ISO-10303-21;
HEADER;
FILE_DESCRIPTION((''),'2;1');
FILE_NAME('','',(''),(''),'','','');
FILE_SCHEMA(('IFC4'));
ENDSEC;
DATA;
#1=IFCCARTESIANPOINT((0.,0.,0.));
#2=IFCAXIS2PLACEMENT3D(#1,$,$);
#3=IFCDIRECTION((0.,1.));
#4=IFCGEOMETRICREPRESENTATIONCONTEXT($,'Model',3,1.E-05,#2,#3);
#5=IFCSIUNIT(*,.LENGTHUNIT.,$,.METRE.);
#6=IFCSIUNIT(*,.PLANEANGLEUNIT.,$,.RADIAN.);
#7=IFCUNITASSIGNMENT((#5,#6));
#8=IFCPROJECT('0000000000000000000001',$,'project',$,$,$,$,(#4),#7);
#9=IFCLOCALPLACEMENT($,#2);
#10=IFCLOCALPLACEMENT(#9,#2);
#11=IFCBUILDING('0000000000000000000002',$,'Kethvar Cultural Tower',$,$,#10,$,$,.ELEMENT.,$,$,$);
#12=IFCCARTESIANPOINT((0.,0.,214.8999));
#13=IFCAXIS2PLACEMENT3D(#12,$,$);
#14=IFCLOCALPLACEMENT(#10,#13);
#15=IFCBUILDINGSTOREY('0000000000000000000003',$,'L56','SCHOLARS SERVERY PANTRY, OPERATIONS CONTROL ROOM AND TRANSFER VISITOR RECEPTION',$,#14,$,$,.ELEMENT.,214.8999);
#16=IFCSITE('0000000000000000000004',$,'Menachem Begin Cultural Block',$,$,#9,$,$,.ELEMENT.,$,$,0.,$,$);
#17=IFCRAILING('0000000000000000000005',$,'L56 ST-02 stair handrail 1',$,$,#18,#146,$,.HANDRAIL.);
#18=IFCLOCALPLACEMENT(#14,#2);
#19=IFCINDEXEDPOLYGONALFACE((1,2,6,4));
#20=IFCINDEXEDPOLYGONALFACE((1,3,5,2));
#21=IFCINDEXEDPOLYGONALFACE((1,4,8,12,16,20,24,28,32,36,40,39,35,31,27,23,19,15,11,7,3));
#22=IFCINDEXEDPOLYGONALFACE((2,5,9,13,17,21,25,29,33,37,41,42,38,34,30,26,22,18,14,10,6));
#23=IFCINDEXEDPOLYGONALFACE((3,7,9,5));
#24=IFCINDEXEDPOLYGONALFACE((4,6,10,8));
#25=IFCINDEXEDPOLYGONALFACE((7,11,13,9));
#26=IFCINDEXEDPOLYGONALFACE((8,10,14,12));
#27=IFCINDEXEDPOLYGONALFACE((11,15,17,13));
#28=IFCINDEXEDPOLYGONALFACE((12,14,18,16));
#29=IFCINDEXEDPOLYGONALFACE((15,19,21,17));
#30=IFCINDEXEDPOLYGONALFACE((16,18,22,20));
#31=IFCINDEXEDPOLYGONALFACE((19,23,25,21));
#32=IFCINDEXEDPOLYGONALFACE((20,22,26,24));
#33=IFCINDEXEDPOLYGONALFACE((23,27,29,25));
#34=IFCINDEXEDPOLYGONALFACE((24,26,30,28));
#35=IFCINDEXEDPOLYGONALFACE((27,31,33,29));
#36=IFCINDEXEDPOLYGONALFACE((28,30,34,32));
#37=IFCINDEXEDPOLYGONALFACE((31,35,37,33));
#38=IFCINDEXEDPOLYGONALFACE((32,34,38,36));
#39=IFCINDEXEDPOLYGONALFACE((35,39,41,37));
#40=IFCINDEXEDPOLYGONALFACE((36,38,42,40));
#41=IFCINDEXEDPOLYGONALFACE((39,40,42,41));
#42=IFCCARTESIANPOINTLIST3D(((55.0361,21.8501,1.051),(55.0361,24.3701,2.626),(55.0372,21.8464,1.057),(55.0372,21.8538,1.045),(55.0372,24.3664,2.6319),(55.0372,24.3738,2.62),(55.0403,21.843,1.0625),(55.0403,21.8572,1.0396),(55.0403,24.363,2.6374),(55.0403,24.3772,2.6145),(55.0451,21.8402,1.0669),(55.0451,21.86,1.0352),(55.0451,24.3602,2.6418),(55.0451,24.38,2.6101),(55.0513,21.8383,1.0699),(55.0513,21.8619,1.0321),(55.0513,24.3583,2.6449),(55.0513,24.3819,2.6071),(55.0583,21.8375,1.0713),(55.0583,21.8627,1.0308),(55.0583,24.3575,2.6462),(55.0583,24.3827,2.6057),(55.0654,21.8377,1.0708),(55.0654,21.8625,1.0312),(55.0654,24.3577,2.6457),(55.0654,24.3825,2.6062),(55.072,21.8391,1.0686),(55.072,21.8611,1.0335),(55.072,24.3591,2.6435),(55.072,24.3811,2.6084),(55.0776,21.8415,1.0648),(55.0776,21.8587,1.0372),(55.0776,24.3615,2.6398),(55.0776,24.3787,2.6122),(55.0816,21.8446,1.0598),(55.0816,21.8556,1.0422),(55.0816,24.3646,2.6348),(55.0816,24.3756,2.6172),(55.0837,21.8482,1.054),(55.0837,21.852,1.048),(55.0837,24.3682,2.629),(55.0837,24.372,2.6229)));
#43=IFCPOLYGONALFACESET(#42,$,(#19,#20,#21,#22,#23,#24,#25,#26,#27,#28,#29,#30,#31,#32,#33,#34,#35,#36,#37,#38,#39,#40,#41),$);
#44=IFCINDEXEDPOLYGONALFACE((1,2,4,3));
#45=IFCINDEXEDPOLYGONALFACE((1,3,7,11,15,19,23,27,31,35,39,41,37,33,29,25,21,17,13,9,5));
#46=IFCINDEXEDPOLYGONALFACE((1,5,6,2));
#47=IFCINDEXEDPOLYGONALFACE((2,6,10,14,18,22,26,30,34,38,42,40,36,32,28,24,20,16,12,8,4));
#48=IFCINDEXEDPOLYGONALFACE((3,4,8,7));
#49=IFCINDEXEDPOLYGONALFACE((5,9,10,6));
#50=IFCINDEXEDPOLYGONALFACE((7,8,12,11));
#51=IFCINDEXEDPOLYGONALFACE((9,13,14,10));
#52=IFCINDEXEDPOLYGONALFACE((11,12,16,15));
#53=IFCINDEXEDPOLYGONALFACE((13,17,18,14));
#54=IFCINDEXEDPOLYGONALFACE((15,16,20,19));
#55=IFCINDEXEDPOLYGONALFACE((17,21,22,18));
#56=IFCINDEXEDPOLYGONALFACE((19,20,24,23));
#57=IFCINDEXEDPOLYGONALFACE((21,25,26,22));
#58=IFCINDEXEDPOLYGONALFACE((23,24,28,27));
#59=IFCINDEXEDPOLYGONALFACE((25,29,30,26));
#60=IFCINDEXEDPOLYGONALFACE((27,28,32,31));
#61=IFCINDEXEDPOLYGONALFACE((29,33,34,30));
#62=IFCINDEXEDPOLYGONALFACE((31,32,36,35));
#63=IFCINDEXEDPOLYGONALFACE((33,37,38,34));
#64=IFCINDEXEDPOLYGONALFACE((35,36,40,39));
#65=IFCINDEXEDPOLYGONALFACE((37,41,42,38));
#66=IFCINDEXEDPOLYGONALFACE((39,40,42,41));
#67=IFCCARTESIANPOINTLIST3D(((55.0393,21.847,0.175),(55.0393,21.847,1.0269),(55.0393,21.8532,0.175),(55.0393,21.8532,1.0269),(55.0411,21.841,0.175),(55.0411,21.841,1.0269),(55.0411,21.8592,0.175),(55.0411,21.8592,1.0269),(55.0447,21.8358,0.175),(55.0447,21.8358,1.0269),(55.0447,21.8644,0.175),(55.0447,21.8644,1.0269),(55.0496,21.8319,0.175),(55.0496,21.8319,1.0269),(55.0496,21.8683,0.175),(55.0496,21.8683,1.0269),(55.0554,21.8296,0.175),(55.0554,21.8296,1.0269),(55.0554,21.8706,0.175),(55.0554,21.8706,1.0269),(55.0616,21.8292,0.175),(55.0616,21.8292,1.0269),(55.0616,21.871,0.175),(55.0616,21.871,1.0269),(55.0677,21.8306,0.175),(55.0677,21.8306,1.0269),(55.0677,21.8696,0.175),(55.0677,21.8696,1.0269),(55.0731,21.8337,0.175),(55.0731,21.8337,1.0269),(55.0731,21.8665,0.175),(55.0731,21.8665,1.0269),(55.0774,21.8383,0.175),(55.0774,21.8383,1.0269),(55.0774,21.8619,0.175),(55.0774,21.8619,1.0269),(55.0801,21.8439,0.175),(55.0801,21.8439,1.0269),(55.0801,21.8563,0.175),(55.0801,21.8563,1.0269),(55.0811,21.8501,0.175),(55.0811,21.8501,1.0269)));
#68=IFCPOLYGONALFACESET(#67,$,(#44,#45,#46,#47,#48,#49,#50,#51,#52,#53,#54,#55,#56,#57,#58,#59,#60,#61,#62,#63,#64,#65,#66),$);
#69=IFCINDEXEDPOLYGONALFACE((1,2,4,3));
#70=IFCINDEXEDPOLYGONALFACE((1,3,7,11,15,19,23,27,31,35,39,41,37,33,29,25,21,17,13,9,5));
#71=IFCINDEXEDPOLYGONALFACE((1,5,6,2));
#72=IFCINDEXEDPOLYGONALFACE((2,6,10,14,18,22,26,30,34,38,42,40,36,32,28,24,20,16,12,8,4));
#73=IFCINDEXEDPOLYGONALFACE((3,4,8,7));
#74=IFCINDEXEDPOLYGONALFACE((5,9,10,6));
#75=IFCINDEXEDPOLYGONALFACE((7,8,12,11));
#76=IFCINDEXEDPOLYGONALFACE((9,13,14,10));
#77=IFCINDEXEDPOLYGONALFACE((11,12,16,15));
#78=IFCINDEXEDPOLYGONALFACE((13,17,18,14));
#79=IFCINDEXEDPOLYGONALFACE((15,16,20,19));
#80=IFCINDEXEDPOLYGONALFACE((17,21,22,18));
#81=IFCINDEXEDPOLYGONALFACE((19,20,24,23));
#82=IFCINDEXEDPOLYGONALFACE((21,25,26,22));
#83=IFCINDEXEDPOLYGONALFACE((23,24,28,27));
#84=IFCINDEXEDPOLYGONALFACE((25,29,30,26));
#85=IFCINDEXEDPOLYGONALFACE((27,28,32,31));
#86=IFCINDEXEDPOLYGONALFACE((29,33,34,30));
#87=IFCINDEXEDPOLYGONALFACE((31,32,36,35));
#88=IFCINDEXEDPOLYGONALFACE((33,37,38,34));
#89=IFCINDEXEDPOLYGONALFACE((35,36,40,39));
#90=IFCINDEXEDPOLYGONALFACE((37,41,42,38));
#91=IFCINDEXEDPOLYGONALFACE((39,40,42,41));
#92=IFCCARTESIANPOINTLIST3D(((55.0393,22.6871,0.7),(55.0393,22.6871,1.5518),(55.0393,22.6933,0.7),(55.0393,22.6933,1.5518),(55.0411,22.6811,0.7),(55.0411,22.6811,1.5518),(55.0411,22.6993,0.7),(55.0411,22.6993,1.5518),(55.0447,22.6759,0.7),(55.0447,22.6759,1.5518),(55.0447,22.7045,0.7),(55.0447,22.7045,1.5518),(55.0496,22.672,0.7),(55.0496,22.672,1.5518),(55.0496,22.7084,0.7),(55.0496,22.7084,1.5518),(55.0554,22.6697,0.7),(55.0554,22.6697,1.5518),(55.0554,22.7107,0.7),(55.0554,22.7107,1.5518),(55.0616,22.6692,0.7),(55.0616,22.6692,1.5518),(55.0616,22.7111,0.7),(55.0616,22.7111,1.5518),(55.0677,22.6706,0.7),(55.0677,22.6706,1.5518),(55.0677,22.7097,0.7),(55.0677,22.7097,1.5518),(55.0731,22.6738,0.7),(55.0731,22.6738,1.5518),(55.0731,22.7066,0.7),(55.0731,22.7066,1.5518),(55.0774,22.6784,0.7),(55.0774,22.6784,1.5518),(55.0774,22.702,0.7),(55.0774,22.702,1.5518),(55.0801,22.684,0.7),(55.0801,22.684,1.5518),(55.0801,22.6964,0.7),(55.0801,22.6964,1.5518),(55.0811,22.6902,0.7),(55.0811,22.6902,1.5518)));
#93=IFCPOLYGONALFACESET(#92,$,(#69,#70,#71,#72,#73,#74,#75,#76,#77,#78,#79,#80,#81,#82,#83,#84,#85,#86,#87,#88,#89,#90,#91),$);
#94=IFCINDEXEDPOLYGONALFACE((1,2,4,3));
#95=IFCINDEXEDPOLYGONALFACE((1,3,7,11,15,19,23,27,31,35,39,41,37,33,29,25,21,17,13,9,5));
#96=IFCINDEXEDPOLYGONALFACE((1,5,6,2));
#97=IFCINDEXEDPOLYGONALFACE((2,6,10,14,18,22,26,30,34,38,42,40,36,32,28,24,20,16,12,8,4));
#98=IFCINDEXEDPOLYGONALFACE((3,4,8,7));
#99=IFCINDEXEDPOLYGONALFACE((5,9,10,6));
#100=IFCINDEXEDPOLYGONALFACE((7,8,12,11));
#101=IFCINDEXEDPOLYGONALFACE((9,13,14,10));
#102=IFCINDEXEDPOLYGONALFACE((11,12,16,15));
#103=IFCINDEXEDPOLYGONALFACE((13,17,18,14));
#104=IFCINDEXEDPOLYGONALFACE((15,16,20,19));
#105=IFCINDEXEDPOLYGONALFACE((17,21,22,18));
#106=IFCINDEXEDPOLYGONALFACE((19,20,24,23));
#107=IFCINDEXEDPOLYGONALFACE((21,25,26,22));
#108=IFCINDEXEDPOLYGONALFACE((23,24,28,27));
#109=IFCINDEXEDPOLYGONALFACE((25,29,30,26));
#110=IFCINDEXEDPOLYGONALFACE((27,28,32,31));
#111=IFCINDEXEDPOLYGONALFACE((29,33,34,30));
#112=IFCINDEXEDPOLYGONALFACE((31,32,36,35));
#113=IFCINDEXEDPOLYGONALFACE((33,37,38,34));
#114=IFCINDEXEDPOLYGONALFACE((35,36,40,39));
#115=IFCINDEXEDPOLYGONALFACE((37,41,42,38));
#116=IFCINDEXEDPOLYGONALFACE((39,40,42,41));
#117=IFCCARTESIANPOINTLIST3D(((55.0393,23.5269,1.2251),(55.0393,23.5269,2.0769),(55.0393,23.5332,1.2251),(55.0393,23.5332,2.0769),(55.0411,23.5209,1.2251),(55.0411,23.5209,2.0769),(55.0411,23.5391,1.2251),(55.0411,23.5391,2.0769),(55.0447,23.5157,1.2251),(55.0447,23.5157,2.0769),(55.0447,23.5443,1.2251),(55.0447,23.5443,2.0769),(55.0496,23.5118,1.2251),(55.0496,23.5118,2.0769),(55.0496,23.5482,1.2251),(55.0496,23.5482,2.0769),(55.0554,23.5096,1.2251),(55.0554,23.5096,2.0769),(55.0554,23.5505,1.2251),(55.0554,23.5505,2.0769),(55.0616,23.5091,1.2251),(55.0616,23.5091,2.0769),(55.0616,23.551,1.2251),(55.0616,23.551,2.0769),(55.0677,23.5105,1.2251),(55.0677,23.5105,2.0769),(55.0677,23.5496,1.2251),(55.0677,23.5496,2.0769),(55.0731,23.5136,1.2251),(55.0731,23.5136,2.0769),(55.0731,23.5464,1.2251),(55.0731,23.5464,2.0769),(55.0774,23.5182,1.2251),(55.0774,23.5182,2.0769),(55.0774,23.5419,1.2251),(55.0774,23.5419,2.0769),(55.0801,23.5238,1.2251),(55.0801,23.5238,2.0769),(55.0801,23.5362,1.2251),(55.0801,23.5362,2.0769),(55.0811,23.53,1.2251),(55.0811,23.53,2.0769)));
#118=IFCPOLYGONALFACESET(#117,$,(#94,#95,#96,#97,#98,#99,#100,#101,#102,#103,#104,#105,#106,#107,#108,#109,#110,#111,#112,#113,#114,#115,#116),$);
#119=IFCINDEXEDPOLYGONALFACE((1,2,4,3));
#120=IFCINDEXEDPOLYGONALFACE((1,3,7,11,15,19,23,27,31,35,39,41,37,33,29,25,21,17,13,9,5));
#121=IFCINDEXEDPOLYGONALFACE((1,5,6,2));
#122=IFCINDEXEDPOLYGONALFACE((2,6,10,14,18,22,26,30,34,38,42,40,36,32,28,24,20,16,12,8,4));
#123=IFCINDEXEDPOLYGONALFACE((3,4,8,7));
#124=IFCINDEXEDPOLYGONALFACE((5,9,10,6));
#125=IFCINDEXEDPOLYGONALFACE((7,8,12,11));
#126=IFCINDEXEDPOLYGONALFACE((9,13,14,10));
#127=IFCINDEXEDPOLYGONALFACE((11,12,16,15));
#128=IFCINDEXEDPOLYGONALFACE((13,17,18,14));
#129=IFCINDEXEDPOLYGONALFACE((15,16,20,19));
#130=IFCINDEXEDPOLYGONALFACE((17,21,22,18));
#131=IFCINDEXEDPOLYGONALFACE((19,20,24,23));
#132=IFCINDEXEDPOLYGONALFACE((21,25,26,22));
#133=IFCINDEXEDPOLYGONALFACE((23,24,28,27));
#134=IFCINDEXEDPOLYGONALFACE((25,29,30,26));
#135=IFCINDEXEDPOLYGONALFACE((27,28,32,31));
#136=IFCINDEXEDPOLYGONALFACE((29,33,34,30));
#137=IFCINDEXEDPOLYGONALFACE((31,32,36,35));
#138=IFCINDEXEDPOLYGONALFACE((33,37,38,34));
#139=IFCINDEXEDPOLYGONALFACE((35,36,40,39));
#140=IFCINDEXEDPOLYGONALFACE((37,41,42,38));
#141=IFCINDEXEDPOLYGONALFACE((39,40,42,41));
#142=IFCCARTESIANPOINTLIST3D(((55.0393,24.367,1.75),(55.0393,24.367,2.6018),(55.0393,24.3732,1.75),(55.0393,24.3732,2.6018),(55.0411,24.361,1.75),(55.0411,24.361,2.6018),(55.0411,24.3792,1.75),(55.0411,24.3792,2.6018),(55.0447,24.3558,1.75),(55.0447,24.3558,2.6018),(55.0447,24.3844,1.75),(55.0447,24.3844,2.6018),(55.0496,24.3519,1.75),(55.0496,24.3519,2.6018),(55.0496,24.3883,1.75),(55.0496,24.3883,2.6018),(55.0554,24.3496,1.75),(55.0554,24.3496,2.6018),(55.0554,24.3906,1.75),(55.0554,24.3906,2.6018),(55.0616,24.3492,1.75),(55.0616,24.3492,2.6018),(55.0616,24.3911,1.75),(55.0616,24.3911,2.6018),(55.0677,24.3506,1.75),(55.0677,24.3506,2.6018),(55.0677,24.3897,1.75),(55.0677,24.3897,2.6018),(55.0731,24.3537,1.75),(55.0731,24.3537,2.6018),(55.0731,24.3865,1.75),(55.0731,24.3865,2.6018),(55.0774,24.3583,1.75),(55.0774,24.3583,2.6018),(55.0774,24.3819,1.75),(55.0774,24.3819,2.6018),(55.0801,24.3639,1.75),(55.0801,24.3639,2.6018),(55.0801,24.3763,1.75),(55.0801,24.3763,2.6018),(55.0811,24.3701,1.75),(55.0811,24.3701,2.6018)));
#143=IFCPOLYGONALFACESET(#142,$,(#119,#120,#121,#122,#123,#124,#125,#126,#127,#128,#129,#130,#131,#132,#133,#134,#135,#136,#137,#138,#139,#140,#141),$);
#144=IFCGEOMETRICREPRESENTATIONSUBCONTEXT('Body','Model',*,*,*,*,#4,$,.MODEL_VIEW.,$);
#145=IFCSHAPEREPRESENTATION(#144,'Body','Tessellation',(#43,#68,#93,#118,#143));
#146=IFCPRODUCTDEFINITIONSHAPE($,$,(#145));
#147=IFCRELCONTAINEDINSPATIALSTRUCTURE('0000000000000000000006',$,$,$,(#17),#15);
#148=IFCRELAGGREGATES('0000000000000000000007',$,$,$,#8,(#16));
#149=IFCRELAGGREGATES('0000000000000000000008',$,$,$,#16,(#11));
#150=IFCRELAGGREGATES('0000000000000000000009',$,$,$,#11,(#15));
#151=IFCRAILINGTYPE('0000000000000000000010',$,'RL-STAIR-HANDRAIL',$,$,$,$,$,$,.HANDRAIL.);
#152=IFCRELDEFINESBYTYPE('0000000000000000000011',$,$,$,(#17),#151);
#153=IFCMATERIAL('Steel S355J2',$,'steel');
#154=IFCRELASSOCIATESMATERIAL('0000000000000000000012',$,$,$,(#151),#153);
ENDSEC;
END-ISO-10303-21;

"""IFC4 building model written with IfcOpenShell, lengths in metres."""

from ifc_helpers import new_model, si_unit, direction, frame, origin, origin_2d, place, context, subcontext, project, spatial, circle, extrude, material, type_object, element, save


model = new_model("IFC4")

# Units and contexts
model_context = context("Model", 3, precision=1e-05, world=origin(), true_north=direction((0.0, 1.0)))
body_context = subcontext(model_context, "Body", "Model", "MODEL_VIEW")
ifc_project = project(units=[si_unit("LENGTHUNIT", "METRE"), si_unit("PLANEANGLEUNIT", "RADIAN")], contexts=[model_context])

# Site, building, storey
site_placement = place(None, origin())
site = spatial("IfcSite", under=ifc_project, at=site_placement, Name="Menachem Begin Cultural Block", CompositionType="ELEMENT", RefElevation=0.0)
building_placement = place(site_placement, origin())
building = spatial("IfcBuilding", under=site, at=building_placement, Name="Kethvar Cultural Tower", CompositionType="ELEMENT")
storey_placement = place(building_placement, frame((0.0, 0.0, 214.8999)))
storey = spatial("IfcBuildingStorey", under=building, at=storey_placement, Name="L56", Description="SCHOLARS SERVERY PANTRY, OPERATIONS CONTROL ROOM AND TRANSFER VISITOR RECEPTION", CompositionType="ELEMENT", Elevation=214.8999)

# Shared definitions
ifc_material_1 = material(Name="Steel S355J2", Category="steel")

# Railing
railing_type_1 = type_object("IfcRailingType", Name="RL-STAIR-HANDRAIL", PredefinedType="HANDRAIL", material=ifc_material_1)
railing_1_placement = place(storey_placement, frame((55.0601, 21.8501, 0.175)))
element("IfcRailing", 1, at=railing_1_placement, inside=storey, type_object=railing_type_1, Name="L56 ST-02 stair handrail 1", PredefinedType="HANDRAIL", context=body_context, shape_type="SweptSolid", body=[
    extrude(circle(Radius=0.0239, at=origin_2d()), frame((0.0, 0.0, 0.876), z_axis=(0.0, 0.848008, 0.529984), x_axis=(-1.0, 0.0, 0.0)), (0.0, 0.0, 1.0), 2.9717),
    extrude(circle(Radius=0.021, at=origin_2d()), origin(), (0.0, 0.0, 1.0), 0.8518),
    extrude(circle(Radius=0.021, at=origin_2d()), frame((0.0, 0.8401, 0.5249)), (0.0, 0.0, 1.0), 0.8518),
    extrude(circle(Radius=0.021, at=origin_2d()), frame((0.0, 1.6799, 1.05)), (0.0, 0.0, 1.0), 0.8518),
    extrude(circle(Radius=0.021, at=origin_2d()), frame((0.0, 2.52, 1.575)), (0.0, 0.0, 1.0), 0.8518),
])

save(model, "model.ifc")
